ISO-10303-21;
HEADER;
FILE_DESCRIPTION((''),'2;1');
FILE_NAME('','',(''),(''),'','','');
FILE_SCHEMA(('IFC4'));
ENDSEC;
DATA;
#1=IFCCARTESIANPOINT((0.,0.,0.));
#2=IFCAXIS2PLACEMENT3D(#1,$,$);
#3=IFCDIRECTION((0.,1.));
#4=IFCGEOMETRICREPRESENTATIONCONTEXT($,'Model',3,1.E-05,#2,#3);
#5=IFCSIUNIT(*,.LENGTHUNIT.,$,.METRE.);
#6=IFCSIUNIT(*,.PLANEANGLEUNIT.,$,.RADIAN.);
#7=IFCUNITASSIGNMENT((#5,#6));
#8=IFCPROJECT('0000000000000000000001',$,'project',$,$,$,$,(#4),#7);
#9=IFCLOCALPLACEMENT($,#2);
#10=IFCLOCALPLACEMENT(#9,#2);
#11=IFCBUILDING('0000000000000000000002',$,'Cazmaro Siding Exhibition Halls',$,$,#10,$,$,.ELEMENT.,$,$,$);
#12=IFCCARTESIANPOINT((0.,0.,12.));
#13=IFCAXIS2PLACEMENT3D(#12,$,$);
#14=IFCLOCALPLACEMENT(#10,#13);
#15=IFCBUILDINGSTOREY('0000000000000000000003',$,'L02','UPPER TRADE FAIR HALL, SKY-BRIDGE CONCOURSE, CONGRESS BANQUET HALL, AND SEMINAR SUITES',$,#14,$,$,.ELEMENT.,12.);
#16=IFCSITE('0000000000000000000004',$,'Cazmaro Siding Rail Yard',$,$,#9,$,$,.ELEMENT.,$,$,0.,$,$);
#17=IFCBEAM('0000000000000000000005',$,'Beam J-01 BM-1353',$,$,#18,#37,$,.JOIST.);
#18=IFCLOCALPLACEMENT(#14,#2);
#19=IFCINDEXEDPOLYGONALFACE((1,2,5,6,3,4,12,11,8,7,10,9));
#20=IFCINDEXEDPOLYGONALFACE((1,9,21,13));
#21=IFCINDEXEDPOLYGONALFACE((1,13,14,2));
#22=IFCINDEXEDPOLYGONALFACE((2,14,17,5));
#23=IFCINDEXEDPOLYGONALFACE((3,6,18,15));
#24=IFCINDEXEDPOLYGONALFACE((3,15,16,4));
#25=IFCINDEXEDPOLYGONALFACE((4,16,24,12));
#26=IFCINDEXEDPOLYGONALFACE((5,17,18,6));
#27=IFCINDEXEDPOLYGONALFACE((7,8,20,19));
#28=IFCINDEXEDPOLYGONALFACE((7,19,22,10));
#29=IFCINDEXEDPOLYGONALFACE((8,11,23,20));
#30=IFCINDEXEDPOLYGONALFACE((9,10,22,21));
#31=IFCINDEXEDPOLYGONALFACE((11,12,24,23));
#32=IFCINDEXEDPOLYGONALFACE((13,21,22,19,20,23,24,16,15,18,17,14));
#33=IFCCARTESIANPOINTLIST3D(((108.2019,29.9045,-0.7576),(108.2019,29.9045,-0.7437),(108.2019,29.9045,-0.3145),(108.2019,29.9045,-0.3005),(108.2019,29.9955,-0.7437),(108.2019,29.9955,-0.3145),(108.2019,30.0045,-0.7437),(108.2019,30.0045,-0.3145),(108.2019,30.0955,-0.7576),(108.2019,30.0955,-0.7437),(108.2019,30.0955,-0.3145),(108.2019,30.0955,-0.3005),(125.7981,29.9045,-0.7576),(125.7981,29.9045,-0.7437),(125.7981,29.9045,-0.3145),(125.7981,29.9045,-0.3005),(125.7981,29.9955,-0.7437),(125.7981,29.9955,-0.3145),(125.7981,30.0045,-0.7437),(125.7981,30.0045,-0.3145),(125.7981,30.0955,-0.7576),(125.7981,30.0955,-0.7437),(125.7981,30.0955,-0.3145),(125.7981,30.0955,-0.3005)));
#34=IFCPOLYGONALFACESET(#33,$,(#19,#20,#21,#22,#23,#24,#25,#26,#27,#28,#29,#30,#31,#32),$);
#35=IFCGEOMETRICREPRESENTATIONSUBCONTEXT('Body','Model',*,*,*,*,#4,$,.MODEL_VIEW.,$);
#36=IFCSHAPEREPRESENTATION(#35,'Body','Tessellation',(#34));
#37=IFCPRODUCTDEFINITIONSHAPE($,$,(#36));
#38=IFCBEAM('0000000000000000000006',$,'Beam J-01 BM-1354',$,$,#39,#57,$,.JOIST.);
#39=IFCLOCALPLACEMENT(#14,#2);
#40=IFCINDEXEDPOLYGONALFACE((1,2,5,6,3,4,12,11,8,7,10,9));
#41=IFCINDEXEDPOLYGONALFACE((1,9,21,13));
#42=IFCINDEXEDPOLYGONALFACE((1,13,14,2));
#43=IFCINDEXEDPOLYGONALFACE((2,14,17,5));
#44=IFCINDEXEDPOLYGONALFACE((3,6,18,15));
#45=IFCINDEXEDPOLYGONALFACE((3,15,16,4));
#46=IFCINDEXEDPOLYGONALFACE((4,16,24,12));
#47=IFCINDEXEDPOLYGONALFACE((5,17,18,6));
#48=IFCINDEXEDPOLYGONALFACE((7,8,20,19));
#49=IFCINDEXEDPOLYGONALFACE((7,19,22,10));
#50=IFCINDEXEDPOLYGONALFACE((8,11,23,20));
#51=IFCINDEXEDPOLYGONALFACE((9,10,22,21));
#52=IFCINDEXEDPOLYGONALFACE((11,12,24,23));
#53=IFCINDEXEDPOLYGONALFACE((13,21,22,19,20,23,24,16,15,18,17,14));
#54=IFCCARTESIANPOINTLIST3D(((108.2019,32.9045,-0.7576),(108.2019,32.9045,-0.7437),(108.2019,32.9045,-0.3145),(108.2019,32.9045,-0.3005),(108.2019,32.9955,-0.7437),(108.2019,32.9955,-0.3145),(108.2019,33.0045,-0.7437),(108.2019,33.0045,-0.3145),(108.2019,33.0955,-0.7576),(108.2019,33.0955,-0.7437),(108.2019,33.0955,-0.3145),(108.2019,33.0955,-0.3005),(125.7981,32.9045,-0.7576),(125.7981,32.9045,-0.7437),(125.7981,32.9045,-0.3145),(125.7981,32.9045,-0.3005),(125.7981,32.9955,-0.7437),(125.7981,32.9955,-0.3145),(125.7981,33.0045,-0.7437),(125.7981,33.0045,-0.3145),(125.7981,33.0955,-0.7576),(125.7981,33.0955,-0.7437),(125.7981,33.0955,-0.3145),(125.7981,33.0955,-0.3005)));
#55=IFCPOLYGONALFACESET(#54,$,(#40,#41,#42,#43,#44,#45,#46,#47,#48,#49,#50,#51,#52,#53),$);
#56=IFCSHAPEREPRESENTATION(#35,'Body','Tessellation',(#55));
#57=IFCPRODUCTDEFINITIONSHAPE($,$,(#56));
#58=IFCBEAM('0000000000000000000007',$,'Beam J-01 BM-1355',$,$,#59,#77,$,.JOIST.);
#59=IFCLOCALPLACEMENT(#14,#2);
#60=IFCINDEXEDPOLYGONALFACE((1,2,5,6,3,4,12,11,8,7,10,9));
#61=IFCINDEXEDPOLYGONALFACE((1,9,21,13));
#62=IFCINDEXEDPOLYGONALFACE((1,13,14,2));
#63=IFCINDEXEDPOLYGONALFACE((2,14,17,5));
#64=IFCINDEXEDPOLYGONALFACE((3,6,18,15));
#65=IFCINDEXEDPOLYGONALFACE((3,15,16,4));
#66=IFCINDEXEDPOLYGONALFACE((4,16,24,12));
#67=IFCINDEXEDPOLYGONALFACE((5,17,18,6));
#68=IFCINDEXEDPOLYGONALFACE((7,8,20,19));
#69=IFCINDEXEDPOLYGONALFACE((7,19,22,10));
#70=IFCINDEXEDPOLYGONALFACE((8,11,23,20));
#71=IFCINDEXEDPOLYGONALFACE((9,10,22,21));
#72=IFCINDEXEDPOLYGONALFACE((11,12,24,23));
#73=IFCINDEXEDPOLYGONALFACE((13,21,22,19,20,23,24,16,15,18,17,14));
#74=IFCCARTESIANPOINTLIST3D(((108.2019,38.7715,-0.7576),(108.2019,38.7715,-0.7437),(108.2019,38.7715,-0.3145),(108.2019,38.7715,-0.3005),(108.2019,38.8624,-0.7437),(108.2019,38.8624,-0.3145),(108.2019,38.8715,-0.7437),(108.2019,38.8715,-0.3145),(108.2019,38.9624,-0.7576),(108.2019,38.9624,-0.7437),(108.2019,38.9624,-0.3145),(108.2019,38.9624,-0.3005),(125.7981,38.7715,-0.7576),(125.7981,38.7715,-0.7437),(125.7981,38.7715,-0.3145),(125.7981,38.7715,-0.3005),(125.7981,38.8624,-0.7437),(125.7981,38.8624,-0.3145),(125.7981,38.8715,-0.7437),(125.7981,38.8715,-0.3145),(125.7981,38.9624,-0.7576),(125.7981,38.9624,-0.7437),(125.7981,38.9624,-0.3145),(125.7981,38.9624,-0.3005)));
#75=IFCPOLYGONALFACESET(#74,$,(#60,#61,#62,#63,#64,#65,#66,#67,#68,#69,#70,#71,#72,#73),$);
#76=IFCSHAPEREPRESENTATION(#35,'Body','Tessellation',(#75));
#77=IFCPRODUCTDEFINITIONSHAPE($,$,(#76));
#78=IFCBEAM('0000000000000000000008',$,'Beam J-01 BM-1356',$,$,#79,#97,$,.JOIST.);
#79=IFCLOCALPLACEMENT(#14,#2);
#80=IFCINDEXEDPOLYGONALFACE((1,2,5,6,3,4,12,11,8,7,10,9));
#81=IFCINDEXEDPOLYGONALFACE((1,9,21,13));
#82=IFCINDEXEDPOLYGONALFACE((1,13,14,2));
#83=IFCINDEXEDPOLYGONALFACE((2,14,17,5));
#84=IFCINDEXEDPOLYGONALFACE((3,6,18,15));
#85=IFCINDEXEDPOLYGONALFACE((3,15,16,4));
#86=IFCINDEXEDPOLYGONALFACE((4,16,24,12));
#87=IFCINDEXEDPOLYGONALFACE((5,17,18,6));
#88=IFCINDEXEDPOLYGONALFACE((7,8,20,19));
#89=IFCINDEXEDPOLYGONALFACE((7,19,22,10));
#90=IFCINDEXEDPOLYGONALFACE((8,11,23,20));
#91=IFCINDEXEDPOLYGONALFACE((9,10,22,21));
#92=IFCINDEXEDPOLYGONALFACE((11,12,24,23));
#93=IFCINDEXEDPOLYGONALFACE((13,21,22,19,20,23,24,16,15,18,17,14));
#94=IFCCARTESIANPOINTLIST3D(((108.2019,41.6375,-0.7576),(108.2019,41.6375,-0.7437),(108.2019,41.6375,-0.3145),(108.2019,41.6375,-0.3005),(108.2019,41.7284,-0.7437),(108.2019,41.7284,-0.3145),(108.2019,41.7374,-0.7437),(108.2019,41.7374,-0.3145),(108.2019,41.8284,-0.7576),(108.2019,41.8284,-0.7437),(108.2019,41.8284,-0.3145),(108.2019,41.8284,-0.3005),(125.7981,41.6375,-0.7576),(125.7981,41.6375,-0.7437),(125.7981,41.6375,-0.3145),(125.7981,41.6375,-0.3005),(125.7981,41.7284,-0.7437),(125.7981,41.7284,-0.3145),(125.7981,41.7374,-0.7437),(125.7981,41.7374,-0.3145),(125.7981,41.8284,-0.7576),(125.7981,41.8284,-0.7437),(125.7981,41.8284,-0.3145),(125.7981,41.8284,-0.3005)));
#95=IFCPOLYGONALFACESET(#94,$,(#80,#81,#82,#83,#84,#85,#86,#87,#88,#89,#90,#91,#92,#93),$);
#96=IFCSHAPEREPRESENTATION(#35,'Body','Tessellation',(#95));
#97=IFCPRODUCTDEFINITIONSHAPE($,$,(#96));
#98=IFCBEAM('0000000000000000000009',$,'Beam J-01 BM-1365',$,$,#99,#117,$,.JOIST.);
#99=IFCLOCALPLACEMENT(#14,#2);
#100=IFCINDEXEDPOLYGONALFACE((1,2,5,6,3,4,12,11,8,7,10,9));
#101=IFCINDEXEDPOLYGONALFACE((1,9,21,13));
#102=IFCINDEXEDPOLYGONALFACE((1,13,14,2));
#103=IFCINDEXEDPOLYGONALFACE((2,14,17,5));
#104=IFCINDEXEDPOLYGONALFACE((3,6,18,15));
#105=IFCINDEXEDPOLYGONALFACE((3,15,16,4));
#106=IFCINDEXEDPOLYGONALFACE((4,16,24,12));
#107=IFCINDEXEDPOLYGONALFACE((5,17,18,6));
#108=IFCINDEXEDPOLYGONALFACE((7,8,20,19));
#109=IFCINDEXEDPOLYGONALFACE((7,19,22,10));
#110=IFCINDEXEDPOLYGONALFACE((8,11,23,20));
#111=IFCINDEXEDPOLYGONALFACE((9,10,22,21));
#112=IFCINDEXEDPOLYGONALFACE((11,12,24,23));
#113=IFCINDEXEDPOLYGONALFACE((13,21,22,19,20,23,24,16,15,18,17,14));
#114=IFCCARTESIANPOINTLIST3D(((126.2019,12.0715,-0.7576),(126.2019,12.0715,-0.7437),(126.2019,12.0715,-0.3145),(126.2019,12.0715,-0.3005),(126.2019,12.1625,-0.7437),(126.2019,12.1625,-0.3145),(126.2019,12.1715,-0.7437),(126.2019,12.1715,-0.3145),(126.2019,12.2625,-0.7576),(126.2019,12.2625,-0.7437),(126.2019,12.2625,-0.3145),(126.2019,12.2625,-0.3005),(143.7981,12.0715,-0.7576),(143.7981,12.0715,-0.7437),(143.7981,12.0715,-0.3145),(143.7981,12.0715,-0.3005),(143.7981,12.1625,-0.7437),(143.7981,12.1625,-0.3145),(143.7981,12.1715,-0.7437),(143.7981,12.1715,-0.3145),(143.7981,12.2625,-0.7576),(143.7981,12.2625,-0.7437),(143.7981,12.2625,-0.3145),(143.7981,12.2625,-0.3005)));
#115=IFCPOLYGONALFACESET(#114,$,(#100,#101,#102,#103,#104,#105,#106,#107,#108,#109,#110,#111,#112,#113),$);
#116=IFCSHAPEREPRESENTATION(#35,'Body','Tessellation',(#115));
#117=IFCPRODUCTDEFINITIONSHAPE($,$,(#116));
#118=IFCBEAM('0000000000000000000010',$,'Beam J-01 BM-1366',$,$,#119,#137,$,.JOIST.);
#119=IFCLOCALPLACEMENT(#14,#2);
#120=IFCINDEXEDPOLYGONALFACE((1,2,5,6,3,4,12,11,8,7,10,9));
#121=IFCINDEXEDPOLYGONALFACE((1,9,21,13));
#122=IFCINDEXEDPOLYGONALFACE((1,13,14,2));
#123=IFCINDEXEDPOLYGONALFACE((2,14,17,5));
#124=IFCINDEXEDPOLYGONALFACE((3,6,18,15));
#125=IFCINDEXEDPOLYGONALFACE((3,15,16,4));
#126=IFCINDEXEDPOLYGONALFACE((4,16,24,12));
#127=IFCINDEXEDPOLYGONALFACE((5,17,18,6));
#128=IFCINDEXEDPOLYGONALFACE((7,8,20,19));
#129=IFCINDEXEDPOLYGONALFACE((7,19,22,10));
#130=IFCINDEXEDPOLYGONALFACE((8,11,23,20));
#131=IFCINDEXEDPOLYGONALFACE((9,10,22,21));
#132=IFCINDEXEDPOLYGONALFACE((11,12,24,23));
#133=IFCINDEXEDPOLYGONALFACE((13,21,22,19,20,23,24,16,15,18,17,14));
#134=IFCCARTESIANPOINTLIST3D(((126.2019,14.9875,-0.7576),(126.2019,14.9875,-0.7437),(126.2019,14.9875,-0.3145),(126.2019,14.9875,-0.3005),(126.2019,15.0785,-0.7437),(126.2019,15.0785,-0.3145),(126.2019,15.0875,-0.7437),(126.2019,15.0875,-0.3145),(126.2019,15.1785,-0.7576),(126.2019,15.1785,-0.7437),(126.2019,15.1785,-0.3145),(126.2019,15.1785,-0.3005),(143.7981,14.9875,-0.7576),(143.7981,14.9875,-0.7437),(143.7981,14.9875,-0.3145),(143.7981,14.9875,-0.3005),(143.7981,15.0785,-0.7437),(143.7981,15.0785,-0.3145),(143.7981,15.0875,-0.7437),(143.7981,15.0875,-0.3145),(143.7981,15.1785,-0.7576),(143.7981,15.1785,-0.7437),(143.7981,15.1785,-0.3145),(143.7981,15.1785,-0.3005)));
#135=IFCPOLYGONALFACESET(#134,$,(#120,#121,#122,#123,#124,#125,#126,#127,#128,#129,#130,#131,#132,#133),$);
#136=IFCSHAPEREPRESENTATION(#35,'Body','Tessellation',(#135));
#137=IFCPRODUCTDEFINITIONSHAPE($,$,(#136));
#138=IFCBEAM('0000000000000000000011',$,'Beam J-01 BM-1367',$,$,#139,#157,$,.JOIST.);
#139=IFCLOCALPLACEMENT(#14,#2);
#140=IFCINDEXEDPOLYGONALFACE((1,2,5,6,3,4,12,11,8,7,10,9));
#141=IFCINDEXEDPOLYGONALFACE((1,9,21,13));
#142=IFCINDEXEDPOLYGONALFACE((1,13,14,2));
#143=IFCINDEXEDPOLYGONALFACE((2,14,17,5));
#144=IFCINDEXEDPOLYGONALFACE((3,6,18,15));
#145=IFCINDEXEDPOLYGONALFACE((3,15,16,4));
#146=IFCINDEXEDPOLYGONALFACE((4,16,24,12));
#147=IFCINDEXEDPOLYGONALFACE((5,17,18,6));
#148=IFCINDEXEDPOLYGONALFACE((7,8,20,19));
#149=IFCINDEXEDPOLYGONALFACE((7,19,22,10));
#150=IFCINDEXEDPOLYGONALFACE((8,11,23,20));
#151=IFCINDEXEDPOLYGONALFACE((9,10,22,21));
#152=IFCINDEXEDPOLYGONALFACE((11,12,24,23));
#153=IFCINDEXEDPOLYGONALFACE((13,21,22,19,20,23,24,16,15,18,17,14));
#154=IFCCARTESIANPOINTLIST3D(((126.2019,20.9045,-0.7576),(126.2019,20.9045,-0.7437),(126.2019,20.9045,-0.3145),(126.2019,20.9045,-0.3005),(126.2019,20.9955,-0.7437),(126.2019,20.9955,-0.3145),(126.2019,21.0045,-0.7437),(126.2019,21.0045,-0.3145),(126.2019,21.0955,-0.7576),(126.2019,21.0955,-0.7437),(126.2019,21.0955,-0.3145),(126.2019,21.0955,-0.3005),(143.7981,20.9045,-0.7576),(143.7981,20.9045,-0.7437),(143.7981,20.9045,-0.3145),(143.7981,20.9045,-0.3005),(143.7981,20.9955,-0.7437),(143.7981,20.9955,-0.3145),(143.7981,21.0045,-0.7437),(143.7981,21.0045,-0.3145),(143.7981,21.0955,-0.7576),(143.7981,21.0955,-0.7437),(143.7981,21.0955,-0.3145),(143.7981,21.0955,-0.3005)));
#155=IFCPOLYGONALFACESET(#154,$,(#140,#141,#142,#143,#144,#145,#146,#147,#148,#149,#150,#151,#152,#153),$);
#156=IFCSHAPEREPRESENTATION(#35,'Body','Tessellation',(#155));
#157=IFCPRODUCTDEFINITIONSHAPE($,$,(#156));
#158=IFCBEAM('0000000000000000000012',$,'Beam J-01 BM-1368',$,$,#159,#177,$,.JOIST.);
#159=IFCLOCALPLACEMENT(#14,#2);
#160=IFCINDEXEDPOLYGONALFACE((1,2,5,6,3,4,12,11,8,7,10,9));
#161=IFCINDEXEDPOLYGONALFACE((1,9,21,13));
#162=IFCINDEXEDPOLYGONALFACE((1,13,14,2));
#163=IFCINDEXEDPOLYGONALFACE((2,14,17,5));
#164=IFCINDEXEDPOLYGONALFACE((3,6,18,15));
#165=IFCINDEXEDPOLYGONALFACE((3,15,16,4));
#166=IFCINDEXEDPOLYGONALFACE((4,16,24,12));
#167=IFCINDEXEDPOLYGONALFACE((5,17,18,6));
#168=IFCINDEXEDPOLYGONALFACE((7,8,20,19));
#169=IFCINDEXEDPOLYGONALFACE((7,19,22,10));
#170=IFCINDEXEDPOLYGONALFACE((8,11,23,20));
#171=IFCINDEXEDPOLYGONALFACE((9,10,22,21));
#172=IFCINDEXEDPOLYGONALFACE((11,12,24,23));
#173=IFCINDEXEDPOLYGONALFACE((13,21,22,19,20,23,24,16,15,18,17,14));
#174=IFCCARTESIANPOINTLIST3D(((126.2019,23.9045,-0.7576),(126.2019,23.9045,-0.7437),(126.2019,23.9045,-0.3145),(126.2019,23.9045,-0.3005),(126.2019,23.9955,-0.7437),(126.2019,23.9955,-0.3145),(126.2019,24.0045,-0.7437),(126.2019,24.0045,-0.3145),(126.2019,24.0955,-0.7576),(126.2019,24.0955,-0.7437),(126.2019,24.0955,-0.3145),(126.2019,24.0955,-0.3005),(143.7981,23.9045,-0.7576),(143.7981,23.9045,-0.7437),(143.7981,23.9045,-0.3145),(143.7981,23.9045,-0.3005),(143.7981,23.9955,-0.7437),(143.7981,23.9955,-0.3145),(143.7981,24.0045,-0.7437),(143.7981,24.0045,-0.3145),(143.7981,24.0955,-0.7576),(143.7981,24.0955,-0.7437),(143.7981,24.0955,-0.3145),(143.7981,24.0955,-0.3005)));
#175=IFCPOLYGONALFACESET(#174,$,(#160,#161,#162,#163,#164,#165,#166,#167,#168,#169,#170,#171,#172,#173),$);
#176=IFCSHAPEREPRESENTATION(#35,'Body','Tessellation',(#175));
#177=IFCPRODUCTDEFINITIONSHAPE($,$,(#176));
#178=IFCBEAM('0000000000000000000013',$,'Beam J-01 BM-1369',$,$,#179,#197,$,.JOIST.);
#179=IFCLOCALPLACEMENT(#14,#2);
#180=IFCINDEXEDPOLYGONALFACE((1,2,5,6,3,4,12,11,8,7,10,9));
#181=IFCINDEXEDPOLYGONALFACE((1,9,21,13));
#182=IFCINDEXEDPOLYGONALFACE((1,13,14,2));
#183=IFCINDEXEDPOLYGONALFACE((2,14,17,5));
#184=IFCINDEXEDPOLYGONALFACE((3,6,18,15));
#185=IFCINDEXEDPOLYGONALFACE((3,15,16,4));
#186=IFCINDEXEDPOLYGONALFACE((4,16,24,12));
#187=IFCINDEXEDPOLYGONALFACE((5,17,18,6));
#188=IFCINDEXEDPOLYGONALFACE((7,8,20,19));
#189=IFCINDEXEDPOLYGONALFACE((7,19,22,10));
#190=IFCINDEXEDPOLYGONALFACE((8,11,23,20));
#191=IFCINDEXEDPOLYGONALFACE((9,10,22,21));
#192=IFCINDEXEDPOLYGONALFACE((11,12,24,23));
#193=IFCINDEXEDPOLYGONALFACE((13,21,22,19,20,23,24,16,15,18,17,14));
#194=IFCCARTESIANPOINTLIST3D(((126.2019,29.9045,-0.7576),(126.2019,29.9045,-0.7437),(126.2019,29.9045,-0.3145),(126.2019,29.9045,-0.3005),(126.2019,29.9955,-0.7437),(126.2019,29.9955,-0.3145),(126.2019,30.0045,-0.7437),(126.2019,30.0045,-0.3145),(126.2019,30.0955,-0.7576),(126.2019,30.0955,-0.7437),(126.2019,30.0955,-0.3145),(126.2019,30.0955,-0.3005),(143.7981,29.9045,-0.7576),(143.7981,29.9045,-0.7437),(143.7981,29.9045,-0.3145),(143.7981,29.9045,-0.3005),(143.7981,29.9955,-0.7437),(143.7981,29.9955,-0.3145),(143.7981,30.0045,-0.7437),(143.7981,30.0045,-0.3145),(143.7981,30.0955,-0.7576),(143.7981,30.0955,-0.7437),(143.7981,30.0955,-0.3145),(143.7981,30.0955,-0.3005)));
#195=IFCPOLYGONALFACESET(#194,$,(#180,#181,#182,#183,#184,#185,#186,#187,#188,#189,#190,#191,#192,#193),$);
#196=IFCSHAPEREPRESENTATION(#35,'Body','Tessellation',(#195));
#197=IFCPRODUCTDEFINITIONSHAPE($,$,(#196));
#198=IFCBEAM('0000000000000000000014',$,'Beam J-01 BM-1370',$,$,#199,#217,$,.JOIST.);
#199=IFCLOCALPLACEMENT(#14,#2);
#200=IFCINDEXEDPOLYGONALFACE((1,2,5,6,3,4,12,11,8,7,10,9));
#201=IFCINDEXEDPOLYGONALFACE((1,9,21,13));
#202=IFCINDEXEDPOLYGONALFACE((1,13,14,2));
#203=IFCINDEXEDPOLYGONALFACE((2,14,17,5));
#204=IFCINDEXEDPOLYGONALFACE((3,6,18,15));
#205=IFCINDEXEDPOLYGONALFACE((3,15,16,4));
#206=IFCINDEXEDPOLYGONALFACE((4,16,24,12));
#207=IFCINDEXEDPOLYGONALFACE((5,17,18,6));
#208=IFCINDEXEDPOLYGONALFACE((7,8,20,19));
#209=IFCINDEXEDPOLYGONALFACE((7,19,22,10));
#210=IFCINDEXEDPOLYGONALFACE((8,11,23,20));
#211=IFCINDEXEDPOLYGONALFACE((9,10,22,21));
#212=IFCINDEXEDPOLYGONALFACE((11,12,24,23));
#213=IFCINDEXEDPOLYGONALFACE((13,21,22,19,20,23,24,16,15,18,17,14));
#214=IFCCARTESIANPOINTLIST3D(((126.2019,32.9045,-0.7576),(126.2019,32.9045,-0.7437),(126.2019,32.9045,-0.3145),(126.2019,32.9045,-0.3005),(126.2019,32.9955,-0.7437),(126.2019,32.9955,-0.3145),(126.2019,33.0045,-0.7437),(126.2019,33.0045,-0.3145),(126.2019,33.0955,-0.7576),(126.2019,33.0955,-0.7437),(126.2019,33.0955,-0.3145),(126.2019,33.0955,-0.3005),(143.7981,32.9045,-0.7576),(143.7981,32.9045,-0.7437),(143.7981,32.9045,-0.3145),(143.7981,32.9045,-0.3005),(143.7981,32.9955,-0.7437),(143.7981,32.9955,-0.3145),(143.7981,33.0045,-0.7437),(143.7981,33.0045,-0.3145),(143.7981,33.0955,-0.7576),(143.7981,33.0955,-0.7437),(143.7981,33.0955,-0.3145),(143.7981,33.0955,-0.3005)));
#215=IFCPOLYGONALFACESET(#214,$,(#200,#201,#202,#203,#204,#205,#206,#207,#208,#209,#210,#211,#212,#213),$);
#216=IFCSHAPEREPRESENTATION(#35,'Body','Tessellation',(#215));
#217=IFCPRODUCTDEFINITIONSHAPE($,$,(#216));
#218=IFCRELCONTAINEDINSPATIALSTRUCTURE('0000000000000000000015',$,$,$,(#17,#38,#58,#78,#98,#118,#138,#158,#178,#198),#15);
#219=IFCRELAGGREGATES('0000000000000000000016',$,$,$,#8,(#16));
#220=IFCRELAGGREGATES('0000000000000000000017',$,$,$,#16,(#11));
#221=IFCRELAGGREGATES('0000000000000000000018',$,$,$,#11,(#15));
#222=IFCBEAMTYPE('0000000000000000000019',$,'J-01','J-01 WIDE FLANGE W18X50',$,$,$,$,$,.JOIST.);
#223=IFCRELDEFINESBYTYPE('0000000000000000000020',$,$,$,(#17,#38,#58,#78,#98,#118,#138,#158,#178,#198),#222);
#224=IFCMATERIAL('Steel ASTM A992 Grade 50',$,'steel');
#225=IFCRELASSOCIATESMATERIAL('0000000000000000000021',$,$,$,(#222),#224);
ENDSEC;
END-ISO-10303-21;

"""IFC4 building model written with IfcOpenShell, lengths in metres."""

from ifc_helpers import new_model, si_unit, direction, frame, origin, origin_2d, place, context, subcontext, project, spatial, i_section, extrude, material, material_profile, profile_set, type_object, element, save


model = new_model("IFC4")

# Units and contexts
model_context = context("Model", 3, precision=1e-05, world=origin(), true_north=direction((0.0, 1.0)))
body_context = subcontext(model_context, "Body", "Model", "MODEL_VIEW")
ifc_project = project(units=[si_unit("LENGTHUNIT", "METRE"), si_unit("PLANEANGLEUNIT", "RADIAN")], contexts=[model_context])

# Site, building, storey
site_placement = place(None, origin())
site = spatial("IfcSite", under=ifc_project, at=site_placement, Name="Cazmaro Siding Rail Yard", CompositionType="ELEMENT", RefElevation=0.0)
building_placement = place(site_placement, origin())
building = spatial("IfcBuilding", under=site, at=building_placement, Name="Cazmaro Siding Exhibition Halls", CompositionType="ELEMENT")
storey_placement = place(building_placement, frame((0.0, 0.0, 12.0)))
storey = spatial("IfcBuildingStorey", under=building, at=storey_placement, Name="L02", Description="UPPER TRADE FAIR HALL, SKY-BRIDGE CONCOURSE, CONGRESS BANQUET HALL, AND SEMINAR SUITES", CompositionType="ELEMENT", Elevation=12.0)

# Beams
ifc_material_1 = material(Name="Steel ASTM A992 Grade 50", Category="steel")
ifc_material_profile_1 = material_profile(ifc_material_1, i_section(OverallWidth=0.1909, OverallDepth=0.457, WebThickness=0.009, FlangeThickness=0.0139, at=origin_2d()), Name="W18X50")
ifc_profile_set_1 = profile_set([ifc_material_profile_1], Name="Steel ASTM A992 Grade 50")
beam_type_1 = type_object("IfcBeamType", Name="J-01", Description="J-01 WIDE FLANGE W18X50", PredefinedType="JOIST", material=ifc_profile_set_1)
for number, where, z_axis, x_axis, name in (
    (1, (108.2019, 30.0, -0.5291), (1.0, 0.0, 0.0), (0.0, 1.0, 0.0), "Beam J-01 BM-1353"),
    (2, (108.2019, 33.0, -0.5291), (1.0, 0.0, 0.0), (0.0, 1.0, 0.0), "Beam J-01 BM-1354"),
    (3, (108.2019, 38.8669, -0.5291), (1.0, 0.0, 0.0), (0.0, 1.0, 0.0), "Beam J-01 BM-1355"),
    (4, (108.2019, 41.7329, -0.5291), (1.0, 0.0, 0.0), (0.0, 1.0, 0.0), "Beam J-01 BM-1356"),
    (5, (126.2019, 12.167, -0.5291), (1.0, 0.0, 0.0), (0.0, 1.0, 0.0), "Beam J-01 BM-1365"),
    (6, (126.2019, 15.083, -0.5291), (1.0, 0.0, 0.0), (0.0, 1.0, 0.0), "Beam J-01 BM-1366"),
    (7, (126.2019, 21.0, -0.5291), (1.0, 0.0, 0.0), (0.0, 1.0, 0.0), "Beam J-01 BM-1367"),
    (8, (126.2019, 24.0, -0.5291), (1.0, 0.0, 0.0), (0.0, 1.0, 0.0), "Beam J-01 BM-1368"),
    (9, (126.2019, 30.0, -0.5291), (1.0, 0.0, 0.0), (0.0, 1.0, 0.0), "Beam J-01 BM-1369"),
    (10, (126.2019, 33.0, -0.5291), (1.0, 0.0, 0.0), (0.0, 1.0, 0.0), "Beam J-01 BM-1370"),
):
    element("IfcBeam", number, at=place(storey_placement, frame(where, z_axis=z_axis, x_axis=x_axis)), inside=storey, type_object=beam_type_1, Name=name, PredefinedType="JOIST", context=body_context, shape_type="SweptSolid", body=[
        extrude(i_section(OverallWidth=0.1909, OverallDepth=0.457, WebThickness=0.009, FlangeThickness=0.0139, at=origin_2d()), origin(), (0.0, 0.0, 1.0), 17.5962),
    ])

save(model, "model.ifc")
